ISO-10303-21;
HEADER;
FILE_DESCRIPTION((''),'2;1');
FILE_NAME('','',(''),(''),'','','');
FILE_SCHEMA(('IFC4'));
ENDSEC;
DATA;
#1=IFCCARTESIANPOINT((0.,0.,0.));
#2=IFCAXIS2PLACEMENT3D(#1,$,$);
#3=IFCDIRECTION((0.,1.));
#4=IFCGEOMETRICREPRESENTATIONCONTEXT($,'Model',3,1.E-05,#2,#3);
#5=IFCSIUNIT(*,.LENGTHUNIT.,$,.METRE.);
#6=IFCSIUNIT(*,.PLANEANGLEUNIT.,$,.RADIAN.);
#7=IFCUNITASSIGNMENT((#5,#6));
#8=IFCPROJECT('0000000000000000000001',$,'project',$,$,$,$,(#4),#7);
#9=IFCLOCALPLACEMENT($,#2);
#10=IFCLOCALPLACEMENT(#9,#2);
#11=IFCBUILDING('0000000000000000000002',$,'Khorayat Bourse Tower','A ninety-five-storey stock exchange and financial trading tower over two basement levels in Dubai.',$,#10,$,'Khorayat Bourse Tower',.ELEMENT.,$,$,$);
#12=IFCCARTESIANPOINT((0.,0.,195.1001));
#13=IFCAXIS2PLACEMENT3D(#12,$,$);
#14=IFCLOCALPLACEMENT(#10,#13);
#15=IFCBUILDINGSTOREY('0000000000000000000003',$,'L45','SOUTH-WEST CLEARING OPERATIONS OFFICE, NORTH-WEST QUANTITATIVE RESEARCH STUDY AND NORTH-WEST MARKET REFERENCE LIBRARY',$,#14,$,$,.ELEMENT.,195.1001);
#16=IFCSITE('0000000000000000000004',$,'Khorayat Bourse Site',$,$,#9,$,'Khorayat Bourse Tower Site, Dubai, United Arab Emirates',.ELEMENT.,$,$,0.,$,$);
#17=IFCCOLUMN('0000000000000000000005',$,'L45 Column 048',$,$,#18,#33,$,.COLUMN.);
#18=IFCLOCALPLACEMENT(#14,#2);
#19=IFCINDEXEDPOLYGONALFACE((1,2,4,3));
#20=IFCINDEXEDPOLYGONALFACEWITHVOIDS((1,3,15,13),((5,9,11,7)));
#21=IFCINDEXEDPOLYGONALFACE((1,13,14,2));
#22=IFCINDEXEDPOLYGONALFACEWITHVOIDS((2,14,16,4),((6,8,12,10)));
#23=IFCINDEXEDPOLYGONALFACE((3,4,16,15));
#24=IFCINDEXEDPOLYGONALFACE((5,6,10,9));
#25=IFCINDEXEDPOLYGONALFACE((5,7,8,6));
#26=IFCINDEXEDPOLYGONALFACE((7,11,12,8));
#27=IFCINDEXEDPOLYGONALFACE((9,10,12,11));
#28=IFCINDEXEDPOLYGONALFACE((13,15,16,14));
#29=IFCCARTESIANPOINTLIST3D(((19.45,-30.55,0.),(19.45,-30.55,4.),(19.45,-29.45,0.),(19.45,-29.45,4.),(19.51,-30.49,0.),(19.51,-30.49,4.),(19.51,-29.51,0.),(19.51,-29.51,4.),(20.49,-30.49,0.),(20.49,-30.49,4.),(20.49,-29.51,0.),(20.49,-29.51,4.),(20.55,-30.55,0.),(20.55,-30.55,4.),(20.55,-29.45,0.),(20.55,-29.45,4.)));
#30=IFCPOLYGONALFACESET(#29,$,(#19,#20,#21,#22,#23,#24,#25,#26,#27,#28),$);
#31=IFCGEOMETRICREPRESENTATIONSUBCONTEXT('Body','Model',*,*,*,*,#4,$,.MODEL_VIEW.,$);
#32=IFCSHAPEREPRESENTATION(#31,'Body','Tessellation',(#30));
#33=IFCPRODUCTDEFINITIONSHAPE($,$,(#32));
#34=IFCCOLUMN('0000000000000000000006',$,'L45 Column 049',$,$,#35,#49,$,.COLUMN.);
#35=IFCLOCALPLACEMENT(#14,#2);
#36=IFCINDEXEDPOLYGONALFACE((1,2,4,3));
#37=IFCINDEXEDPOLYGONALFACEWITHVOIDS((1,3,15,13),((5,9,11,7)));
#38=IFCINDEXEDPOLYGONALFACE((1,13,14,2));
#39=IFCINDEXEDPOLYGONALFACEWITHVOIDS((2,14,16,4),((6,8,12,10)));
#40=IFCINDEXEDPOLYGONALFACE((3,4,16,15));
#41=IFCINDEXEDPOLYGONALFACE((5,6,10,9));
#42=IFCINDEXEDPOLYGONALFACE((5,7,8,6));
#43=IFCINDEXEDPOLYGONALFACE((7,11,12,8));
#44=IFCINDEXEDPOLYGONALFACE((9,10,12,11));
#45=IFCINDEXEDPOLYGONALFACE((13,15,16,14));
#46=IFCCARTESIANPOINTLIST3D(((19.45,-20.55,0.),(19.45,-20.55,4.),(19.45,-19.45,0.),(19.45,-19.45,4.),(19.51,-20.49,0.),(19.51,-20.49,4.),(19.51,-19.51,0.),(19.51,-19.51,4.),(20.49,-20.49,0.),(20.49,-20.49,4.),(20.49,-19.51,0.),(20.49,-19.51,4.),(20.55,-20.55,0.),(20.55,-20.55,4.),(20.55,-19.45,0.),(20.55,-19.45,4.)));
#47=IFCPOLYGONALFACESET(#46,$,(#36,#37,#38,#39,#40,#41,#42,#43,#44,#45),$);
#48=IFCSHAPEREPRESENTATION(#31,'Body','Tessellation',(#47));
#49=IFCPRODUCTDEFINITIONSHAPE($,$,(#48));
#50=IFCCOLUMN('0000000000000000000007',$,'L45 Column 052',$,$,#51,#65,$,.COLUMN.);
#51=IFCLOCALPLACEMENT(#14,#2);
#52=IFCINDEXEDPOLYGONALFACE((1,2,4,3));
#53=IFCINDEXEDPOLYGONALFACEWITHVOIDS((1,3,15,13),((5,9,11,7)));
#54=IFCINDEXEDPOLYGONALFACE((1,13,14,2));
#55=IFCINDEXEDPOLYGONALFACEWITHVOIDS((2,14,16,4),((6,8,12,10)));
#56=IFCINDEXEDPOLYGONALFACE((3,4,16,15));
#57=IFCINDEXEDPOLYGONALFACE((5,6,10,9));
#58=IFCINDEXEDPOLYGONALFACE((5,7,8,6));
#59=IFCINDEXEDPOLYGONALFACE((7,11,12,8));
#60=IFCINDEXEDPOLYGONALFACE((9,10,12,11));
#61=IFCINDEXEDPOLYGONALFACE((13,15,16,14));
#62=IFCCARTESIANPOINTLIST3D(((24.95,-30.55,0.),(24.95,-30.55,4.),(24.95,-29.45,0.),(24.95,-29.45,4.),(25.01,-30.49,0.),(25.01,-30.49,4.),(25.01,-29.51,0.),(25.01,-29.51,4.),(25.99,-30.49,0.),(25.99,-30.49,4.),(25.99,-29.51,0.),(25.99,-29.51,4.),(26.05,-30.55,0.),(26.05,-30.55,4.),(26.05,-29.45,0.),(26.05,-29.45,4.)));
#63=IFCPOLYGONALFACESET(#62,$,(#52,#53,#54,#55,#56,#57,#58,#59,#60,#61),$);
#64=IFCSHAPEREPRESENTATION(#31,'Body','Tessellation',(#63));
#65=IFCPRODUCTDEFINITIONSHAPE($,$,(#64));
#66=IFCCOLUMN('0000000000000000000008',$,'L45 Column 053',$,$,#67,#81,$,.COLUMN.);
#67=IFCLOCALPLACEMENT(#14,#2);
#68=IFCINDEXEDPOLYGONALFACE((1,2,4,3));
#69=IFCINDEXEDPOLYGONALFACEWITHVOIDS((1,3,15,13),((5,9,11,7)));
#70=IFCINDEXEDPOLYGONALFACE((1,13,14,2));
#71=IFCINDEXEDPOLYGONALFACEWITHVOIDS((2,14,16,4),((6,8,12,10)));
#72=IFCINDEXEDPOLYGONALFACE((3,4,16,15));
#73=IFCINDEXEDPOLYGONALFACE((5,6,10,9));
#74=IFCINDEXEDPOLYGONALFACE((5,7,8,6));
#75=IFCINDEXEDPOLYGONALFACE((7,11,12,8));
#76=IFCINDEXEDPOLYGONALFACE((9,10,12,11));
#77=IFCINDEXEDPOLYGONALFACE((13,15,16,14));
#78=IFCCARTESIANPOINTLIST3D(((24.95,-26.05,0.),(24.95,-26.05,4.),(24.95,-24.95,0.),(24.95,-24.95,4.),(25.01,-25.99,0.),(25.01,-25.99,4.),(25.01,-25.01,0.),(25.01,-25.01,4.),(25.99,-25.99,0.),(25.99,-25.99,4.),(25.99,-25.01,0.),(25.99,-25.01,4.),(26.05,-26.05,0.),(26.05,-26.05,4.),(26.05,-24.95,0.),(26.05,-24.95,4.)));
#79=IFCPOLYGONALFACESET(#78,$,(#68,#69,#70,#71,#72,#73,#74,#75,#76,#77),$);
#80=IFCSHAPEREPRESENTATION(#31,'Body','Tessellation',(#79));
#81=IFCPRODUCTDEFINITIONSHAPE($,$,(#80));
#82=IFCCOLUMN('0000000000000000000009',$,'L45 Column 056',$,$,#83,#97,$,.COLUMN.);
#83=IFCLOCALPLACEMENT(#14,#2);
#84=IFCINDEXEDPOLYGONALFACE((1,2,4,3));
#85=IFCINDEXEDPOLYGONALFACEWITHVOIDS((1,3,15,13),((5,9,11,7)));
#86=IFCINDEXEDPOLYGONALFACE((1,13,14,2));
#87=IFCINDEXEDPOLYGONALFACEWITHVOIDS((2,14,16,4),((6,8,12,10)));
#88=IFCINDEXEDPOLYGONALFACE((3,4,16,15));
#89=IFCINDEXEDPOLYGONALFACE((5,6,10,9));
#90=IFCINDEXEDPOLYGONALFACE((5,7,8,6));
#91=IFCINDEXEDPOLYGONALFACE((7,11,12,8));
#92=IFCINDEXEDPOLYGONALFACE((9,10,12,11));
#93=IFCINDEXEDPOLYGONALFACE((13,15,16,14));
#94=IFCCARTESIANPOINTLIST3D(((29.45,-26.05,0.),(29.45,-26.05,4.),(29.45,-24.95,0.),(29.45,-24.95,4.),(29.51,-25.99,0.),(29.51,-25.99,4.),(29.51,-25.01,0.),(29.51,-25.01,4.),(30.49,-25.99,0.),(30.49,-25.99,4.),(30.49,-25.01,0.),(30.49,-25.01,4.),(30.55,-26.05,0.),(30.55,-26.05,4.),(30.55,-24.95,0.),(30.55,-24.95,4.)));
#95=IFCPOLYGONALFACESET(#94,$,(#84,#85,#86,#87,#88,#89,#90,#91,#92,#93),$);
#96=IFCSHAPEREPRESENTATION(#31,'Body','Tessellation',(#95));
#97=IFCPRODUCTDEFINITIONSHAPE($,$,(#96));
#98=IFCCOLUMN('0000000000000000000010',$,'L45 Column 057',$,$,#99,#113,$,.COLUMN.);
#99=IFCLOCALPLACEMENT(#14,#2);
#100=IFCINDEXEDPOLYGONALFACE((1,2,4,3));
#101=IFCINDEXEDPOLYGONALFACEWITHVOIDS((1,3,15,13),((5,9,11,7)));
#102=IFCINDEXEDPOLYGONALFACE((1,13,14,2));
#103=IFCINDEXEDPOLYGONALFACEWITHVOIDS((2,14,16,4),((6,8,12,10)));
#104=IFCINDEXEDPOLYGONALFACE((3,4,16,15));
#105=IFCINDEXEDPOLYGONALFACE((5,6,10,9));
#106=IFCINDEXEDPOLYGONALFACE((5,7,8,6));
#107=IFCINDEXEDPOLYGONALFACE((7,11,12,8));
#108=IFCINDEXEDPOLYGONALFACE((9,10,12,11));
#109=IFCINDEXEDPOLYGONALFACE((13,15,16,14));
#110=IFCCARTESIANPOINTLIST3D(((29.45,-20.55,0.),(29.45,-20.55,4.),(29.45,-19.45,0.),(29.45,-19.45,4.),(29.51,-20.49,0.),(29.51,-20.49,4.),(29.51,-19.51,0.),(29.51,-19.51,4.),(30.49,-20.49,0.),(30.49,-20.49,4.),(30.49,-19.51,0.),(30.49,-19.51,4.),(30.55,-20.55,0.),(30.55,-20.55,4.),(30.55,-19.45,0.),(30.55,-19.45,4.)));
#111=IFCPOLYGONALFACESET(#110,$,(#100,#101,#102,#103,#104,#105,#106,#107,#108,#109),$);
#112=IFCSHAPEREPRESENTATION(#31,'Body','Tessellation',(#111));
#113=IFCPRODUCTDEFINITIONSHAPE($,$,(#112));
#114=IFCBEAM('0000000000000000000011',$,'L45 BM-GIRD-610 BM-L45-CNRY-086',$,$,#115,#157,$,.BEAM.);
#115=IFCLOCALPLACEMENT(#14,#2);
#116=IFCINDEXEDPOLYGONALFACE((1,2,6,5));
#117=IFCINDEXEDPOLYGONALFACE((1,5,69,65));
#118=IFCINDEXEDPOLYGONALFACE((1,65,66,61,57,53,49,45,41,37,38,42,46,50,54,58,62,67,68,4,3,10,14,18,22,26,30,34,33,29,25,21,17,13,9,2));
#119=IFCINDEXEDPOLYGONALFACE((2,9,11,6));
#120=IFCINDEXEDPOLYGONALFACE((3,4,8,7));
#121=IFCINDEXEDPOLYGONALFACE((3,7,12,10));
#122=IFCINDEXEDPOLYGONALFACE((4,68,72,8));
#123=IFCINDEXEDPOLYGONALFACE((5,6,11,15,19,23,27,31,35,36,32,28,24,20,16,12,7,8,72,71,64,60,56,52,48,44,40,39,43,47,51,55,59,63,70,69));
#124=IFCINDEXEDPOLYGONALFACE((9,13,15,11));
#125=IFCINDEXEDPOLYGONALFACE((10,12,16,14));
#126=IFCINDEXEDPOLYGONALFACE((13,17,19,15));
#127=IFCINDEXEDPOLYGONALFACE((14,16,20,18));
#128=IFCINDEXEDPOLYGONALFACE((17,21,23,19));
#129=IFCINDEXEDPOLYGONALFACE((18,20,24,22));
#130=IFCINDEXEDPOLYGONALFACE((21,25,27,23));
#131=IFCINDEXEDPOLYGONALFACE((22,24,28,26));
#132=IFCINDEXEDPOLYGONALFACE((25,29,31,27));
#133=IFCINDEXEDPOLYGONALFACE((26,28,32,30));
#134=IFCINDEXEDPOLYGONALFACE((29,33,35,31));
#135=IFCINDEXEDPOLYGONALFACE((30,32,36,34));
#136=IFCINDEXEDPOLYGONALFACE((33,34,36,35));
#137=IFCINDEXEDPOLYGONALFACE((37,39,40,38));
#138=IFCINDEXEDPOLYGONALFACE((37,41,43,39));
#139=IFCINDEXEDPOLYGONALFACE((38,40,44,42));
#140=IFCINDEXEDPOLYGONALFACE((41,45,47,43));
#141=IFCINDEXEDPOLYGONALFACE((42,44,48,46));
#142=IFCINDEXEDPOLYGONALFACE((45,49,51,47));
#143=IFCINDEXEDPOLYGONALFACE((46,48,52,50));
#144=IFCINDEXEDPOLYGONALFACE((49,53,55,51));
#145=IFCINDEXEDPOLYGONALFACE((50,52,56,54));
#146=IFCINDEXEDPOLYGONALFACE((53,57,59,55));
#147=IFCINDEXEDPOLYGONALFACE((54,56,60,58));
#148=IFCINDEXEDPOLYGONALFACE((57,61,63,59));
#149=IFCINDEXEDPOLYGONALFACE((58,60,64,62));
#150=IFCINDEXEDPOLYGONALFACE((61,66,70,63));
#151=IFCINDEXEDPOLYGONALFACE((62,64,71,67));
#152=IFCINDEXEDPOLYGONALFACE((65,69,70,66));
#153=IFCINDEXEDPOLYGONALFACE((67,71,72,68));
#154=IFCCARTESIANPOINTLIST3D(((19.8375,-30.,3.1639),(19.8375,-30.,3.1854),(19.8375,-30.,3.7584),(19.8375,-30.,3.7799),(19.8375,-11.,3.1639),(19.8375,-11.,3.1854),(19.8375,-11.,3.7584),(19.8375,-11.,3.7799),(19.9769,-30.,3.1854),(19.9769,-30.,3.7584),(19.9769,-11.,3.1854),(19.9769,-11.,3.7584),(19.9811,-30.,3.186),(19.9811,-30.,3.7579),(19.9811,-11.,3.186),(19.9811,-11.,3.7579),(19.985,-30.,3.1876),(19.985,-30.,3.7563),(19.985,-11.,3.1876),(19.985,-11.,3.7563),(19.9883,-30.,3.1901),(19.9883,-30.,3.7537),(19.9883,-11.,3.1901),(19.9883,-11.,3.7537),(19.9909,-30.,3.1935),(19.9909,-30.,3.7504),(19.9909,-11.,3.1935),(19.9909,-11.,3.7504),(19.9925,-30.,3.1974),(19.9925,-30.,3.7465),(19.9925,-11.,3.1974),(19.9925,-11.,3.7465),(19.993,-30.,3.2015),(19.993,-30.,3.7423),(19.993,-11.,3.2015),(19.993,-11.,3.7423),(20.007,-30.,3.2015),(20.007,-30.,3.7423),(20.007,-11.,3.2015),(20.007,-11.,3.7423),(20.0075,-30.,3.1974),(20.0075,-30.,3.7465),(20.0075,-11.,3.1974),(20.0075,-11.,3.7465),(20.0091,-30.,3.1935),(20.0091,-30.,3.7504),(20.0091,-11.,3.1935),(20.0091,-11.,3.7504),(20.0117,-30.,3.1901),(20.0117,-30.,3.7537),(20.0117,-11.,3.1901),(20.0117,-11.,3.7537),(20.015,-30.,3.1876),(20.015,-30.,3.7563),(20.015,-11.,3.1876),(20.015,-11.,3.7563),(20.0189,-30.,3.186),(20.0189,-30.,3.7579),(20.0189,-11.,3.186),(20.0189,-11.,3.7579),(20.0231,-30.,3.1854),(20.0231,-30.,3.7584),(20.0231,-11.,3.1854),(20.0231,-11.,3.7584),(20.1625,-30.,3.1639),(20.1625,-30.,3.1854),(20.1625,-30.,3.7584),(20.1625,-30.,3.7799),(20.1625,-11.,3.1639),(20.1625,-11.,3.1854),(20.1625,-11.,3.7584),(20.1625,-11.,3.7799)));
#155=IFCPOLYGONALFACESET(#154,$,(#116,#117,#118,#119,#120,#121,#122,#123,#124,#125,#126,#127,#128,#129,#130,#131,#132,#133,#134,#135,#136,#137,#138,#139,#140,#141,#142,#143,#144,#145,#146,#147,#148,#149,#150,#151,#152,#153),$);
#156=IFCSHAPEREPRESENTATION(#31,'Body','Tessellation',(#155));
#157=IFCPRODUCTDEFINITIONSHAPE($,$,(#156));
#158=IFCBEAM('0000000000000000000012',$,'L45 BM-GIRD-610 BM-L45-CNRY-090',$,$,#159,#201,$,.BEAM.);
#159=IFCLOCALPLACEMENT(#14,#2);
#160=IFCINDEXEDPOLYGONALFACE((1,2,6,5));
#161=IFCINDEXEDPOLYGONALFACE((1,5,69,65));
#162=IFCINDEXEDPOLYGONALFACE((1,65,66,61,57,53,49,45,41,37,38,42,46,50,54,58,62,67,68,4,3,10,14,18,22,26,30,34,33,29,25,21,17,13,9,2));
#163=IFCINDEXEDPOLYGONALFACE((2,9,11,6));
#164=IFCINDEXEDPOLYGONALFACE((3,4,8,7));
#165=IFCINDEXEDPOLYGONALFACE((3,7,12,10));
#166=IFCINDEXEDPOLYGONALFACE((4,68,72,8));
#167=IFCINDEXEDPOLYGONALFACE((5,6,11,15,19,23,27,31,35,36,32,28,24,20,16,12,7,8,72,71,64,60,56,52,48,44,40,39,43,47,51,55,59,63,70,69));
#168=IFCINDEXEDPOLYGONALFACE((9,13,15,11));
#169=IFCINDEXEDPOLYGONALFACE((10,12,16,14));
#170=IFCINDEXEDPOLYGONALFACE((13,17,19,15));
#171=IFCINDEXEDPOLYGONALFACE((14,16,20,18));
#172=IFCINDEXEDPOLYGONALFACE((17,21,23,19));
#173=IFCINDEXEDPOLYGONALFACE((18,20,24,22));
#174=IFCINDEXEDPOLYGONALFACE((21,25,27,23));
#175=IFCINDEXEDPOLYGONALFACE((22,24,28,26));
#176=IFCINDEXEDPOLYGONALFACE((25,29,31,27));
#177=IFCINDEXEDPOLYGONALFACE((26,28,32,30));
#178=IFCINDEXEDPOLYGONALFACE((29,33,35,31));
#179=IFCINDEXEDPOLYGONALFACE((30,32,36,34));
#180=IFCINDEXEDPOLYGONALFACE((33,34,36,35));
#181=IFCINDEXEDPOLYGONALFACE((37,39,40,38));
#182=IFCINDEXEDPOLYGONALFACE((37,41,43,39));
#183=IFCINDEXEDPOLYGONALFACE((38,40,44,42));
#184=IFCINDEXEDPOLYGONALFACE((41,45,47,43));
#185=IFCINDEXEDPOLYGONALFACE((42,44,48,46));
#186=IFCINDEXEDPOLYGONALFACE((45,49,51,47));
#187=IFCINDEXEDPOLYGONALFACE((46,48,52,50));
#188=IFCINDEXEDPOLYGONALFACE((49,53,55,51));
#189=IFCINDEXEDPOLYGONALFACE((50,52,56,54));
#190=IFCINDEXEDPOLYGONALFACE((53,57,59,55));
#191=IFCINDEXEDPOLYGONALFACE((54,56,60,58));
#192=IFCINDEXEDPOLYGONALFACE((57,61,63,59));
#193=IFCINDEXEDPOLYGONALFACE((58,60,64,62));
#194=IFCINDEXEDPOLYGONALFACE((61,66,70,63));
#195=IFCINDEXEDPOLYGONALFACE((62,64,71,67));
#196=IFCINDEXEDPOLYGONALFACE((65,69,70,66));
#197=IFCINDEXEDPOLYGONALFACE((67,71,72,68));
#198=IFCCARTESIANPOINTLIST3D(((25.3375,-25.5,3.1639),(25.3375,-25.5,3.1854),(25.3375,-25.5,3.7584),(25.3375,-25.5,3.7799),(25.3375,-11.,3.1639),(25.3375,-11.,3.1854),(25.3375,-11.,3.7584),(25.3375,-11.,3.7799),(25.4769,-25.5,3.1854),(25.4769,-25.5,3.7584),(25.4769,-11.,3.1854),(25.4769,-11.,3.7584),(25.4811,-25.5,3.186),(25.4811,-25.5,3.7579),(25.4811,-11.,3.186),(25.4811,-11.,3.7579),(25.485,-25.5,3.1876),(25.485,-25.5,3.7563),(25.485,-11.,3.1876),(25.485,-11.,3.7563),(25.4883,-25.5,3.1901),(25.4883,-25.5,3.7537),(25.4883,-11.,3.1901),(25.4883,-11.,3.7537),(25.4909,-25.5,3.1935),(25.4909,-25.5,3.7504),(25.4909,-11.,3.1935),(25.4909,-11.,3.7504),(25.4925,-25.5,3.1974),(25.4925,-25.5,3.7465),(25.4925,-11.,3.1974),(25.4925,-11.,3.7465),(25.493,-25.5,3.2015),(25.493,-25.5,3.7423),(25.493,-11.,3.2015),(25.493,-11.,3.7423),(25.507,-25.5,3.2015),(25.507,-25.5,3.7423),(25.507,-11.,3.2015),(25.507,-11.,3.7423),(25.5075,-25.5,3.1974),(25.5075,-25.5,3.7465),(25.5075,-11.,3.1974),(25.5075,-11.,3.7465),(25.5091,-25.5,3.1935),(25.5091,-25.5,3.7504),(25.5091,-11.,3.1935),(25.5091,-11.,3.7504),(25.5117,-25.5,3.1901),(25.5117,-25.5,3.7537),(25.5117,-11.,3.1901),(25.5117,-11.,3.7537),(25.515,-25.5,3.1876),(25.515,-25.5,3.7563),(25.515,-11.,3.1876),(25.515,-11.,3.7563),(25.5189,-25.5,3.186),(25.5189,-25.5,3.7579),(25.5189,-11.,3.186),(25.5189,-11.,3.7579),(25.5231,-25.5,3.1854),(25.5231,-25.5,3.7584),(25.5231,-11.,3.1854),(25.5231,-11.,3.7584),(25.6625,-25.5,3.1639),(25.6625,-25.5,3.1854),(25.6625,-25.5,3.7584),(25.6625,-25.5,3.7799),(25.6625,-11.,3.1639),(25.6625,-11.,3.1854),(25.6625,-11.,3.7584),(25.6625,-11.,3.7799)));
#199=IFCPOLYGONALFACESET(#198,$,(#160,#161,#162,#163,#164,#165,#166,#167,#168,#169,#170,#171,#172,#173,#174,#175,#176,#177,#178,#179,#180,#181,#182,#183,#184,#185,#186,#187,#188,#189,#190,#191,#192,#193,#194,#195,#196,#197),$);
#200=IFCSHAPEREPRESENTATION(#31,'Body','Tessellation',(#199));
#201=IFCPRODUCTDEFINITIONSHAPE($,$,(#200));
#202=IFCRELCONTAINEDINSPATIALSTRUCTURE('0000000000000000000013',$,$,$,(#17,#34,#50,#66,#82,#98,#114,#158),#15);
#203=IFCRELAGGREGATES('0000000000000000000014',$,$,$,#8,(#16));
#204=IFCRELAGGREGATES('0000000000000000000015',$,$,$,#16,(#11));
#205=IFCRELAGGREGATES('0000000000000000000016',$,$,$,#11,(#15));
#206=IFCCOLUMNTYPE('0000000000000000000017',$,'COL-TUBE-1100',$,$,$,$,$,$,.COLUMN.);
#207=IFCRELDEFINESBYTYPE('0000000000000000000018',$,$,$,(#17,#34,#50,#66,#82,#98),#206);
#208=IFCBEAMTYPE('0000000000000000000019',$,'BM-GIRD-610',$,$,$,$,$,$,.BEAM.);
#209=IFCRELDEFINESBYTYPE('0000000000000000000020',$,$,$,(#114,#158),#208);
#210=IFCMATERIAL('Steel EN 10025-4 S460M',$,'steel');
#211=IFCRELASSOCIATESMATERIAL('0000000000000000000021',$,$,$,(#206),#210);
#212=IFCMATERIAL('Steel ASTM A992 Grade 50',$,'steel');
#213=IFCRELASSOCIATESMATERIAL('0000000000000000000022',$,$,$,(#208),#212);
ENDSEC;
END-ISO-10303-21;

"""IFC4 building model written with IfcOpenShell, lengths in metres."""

from ifc_helpers import new_model, si_unit, direction, frame, origin, origin_2d, place, context, subcontext, project, spatial, hollow_rectangle, i_section, extrude, source, transform, mapped, material, material_profile, profile_set, type_object, element, save


model = new_model("IFC4")

# Units and contexts
model_context = context("Model", 3, precision=1e-05, world=origin(), true_north=direction((0.0, 1.0)))
body_context = subcontext(model_context, "Body", "Model", "MODEL_VIEW")
ifc_project = project(units=[si_unit("LENGTHUNIT", "METRE"), si_unit("PLANEANGLEUNIT", "RADIAN")], contexts=[model_context])

# Site, building, storey
site_placement = place(None, origin())
site = spatial("IfcSite", under=ifc_project, at=site_placement, Name="Khorayat Bourse Site", LongName="Khorayat Bourse Tower Site, Dubai, United Arab Emirates", CompositionType="ELEMENT", RefElevation=0.0)
building_placement = place(site_placement, origin())
building = spatial("IfcBuilding", under=site, at=building_placement, Name="Khorayat Bourse Tower", Description="A ninety-five-storey stock exchange and financial trading tower over two basement levels in Dubai.", LongName="Khorayat Bourse Tower", CompositionType="ELEMENT")
storey_placement = place(building_placement, frame((0.0, 0.0, 195.1001)))
storey = spatial("IfcBuildingStorey", under=building, at=storey_placement, Name="L45", Description="SOUTH-WEST CLEARING OPERATIONS OFFICE, NORTH-WEST QUANTITATIVE RESEARCH STUDY AND NORTH-WEST MARKET REFERENCE LIBRARY", CompositionType="ELEMENT", Elevation=195.1001)

# Columns
ifc_material_1 = material(Name="Steel EN 10025-4 S460M", Category="steel")
ifc_material_profile_1 = material_profile(ifc_material_1, hollow_rectangle(XDim=1.1001, YDim=1.1001, WallThickness=0.0601, at=origin_2d()), Name="BOX 1100x1100x60")
ifc_profile_set_1 = profile_set([ifc_material_profile_1], Name="Steel EN 10025-4 S460M")
column_type = type_object("IfcColumnType", Name="COL-TUBE-1100", PredefinedType="COLUMN", material=ifc_profile_set_1)
shared_shape_1 = source(origin(), body_context, "Body", "SweptSolid", [
    extrude(hollow_rectangle(XDim=1.1001, YDim=1.1001, WallThickness=0.0601, at=origin_2d()), origin(), (0.0, 0.0, 1.0), 4.0),
])
for number, where, z_axis, x_axis, name in (
    (1, (20.0, -30.0, 0.0), (0.0, 0.0, 1.0), (1.0, 0.0, 0.0), "L45 Column 048"),
    (2, (20.0, -20.0, 0.0), (0.0, 0.0, 1.0), (1.0, 0.0, 0.0), "L45 Column 049"),
    (3, (25.5, -30.0, 0.0), (0.0, 0.0, 1.0), (1.0, 0.0, 0.0), "L45 Column 052"),
    (4, (25.5, -25.5, 0.0), (0.0, 0.0, 1.0), (1.0, 0.0, 0.0), "L45 Column 053"),
    (5, (30.0, -25.5, 0.0), (0.0, 0.0, 1.0), (1.0, 0.0, 0.0), "L45 Column 056"),
    (6, (30.0, -20.0, 0.0), (0.0, 0.0, 1.0), (1.0, 0.0, 0.0), "L45 Column 057"),
):
    element("IfcColumn", number, at=place(storey_placement, frame(where, z_axis=z_axis, x_axis=x_axis)), inside=storey, type_object=column_type, Name=name, PredefinedType="COLUMN", context=body_context, shape_type="MappedRepresentation", body=[
        mapped(shared_shape_1, transform((0.0, 0.0, 0.0), scale=1.0)),
    ])

# Beams
ifc_material_2 = material(Name="Steel ASTM A992 Grade 50", Category="steel")
ifc_material_profile_2 = material_profile(ifc_material_2, i_section(OverallWidth=0.325, OverallDepth=0.616, WebThickness=0.0139, FlangeThickness=0.0215, FilletRadius=0.0161, at=origin_2d()), Name="W610X174")
ifc_profile_set_2 = profile_set([ifc_material_profile_2], Name="Steel ASTM A992 Grade 50")
beam_type_1 = type_object("IfcBeamType", Name="BM-GIRD-610", PredefinedType="BEAM", material=ifc_profile_set_2)
shared_shape_2 = source(origin(), body_context, "Body", "SweptSolid", [
    extrude(i_section(OverallWidth=0.325, OverallDepth=0.616, WebThickness=0.0139, FlangeThickness=0.0215, FilletRadius=0.0161, at=origin_2d()), origin(), (0.0, 0.0, 1.0), 19.0),
])
beam_1_placement = place(storey_placement, frame((20.0, -30.0, 3.4719), z_axis=(0.0, 1.0, 0.0), x_axis=(-1.0, 0.0, 0.0)))
element("IfcBeam", 7, at=beam_1_placement, inside=storey, type_object=beam_type_1, Name="L45 BM-GIRD-610 BM-L45-CNRY-086", PredefinedType="BEAM", context=body_context, shape_type="MappedRepresentation", body=[
    mapped(shared_shape_2, transform((0.0, 0.0, 0.0), scale=1.0)),
])
shared_shape_3 = source(origin(), body_context, "Body", "SweptSolid", [
    extrude(i_section(OverallWidth=0.325, OverallDepth=0.616, WebThickness=0.0139, FlangeThickness=0.0215, FilletRadius=0.0161, at=origin_2d()), origin(), (0.0, 0.0, 1.0), 14.5),
])
beam_2_placement = place(storey_placement, frame((25.5, -25.5, 3.4719), z_axis=(0.0, 1.0, 0.0), x_axis=(-1.0, 0.0, 0.0)))
element("IfcBeam", 8, at=beam_2_placement, inside=storey, type_object=beam_type_1, Name="L45 BM-GIRD-610 BM-L45-CNRY-090", PredefinedType="BEAM", context=body_context, shape_type="MappedRepresentation", body=[
    mapped(shared_shape_3, transform((0.0, 0.0, 0.0), scale=1.0)),
])

save(model, "model.ifc")
